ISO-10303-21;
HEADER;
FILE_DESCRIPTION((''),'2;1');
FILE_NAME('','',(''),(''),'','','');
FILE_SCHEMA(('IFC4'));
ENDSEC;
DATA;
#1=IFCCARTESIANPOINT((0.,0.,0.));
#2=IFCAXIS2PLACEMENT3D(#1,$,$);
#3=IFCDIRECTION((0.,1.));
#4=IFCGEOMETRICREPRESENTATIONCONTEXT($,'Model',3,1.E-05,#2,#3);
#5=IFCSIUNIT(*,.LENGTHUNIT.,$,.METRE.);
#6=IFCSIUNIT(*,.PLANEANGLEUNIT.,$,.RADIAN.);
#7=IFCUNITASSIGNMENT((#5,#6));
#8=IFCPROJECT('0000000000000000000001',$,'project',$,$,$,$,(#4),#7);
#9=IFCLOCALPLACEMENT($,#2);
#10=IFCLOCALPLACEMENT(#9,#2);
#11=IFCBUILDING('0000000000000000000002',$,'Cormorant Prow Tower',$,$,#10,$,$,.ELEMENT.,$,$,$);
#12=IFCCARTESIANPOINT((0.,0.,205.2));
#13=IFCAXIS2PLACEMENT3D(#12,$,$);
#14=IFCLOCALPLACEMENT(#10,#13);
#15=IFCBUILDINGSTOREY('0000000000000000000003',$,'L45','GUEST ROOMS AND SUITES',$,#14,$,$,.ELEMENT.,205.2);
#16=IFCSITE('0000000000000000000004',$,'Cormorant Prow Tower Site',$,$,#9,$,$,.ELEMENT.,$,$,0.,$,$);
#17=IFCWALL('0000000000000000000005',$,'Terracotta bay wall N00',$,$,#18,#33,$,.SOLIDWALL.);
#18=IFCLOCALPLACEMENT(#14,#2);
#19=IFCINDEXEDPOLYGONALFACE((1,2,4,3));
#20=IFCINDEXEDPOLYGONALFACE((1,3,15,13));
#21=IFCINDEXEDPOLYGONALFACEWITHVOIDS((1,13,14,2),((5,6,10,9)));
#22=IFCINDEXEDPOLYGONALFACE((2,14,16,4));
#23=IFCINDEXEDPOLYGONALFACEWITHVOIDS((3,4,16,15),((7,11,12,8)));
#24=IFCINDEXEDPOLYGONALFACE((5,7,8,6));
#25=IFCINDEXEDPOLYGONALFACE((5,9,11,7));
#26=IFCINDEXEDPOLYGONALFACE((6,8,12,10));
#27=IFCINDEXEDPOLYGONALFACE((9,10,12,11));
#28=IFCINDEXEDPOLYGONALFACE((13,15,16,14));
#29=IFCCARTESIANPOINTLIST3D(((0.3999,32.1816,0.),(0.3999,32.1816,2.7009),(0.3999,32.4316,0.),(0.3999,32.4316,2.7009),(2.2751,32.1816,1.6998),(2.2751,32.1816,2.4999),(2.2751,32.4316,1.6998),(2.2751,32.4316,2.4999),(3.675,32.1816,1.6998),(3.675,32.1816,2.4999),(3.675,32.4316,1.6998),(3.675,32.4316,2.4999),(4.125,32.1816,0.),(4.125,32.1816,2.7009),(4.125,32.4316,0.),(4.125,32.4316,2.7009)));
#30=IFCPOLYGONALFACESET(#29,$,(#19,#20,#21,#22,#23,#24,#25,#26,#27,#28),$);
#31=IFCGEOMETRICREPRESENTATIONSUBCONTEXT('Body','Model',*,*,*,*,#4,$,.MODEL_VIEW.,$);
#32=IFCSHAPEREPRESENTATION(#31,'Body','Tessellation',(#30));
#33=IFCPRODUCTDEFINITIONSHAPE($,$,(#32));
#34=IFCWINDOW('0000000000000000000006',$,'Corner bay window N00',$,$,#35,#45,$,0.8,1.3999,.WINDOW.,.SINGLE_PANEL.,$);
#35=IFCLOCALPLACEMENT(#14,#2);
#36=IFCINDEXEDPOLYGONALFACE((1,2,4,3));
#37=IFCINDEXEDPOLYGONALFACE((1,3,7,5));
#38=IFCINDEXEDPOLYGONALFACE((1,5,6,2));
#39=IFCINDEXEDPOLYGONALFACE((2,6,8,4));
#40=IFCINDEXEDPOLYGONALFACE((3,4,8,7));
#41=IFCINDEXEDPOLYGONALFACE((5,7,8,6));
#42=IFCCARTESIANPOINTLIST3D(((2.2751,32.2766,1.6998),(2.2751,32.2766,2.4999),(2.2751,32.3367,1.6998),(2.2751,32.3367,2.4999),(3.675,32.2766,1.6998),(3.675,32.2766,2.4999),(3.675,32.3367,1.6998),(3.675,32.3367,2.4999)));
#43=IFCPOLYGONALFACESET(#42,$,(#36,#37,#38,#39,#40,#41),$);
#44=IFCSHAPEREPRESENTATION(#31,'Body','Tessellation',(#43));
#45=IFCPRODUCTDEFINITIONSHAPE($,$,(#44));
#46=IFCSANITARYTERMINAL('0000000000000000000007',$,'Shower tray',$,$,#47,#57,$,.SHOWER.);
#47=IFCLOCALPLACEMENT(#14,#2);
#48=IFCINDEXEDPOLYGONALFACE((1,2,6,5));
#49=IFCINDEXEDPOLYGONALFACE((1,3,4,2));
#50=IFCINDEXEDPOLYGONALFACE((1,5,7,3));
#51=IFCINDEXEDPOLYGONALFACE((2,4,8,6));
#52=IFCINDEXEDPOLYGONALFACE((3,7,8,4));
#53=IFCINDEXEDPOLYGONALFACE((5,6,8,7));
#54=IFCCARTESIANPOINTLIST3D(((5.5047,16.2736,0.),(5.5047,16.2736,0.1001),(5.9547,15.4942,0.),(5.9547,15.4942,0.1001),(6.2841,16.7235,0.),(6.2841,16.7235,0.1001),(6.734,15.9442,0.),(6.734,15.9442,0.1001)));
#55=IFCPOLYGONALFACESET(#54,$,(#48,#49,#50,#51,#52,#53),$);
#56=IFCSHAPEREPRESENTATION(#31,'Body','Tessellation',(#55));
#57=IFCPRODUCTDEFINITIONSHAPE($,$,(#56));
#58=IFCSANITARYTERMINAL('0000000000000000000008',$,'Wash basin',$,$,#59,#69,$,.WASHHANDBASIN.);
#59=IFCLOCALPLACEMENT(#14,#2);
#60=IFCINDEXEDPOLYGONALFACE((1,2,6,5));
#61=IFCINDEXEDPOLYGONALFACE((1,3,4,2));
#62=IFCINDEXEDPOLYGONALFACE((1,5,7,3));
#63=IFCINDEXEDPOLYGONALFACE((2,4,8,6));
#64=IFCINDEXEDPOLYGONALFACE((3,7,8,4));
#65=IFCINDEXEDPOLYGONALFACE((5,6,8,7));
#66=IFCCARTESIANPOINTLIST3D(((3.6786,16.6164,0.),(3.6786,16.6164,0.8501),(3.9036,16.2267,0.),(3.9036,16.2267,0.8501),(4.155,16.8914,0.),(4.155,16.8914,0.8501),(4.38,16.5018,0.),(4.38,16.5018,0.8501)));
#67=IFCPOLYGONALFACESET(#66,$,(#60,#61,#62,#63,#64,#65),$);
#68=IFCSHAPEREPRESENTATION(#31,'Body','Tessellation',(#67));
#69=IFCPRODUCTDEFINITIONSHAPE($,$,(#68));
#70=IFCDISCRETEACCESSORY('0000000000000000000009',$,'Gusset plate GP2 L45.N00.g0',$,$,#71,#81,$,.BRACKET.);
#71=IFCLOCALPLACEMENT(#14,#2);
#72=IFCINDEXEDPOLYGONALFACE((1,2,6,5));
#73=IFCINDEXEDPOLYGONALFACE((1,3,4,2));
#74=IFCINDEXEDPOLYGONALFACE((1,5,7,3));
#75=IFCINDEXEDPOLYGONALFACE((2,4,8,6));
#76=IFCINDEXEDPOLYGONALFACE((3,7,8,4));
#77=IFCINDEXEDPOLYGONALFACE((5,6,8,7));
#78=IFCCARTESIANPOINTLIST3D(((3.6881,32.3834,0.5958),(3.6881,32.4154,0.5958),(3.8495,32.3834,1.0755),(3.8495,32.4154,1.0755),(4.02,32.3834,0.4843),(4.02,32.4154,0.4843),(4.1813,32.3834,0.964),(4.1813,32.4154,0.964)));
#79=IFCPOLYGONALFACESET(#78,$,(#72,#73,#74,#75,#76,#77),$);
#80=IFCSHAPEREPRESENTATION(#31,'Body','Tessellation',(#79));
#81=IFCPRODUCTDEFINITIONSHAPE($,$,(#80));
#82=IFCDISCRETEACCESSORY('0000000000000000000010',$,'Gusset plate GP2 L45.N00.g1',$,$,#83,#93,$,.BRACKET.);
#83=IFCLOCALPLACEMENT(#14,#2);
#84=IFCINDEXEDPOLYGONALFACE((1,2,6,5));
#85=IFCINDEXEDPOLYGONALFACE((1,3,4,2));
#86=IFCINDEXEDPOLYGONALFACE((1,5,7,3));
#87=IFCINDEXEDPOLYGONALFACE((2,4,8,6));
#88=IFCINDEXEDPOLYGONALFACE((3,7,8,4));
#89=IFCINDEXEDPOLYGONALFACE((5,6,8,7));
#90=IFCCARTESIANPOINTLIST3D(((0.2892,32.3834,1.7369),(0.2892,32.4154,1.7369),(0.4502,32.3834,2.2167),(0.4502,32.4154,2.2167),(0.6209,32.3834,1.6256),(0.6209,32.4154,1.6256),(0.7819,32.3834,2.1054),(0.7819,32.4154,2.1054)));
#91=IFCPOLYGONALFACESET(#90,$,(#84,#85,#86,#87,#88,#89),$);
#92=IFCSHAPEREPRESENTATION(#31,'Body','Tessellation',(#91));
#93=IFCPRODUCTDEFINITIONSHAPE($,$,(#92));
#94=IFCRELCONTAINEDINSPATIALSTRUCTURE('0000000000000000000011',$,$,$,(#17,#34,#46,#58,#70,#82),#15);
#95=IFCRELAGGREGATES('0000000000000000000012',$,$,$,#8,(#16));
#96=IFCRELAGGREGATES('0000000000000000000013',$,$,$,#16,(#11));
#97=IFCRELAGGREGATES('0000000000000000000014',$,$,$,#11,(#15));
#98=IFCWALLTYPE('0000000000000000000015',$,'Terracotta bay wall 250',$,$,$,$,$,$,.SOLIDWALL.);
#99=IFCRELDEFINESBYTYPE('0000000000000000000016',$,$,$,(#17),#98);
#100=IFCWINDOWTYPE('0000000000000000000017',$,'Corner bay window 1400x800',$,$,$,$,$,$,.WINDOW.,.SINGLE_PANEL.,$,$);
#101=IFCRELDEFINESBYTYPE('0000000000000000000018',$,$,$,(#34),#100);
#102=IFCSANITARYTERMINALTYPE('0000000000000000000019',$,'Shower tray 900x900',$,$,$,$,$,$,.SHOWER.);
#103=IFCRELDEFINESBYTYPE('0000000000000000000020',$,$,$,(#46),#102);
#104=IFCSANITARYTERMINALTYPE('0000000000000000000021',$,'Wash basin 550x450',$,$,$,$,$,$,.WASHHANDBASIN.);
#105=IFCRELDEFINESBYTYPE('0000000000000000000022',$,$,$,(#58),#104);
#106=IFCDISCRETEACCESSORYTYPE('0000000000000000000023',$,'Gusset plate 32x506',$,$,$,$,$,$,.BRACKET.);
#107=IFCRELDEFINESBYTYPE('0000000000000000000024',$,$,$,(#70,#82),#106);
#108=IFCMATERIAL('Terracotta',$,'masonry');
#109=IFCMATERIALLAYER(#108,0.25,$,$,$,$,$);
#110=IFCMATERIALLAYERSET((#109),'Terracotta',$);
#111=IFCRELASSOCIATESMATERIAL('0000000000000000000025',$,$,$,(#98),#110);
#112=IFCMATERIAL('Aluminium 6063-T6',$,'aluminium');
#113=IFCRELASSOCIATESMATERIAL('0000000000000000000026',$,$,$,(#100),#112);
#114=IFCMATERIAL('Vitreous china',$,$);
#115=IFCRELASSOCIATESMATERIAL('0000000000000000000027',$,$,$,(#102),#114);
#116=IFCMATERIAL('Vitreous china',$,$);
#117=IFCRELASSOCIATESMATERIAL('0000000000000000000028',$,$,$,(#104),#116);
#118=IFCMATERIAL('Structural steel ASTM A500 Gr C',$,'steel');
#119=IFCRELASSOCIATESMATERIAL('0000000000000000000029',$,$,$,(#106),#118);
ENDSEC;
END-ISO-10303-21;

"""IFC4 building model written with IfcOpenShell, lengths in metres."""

from ifc_helpers import new_model, si_unit, direction, frame, frame_2d, origin, origin_2d, place, context, subcontext, project, spatial, rectangle, extrude, material, layer, layer_set, material_profile, profile_set, type_object, element, fill, save


model = new_model("IFC4")

# Units and contexts
model_context = context("Model", 3, precision=1e-05, world=origin(), true_north=direction((0.0, 1.0)))
body_context = subcontext(model_context, "Body", "Model", "MODEL_VIEW")
ifc_project = project(units=[si_unit("LENGTHUNIT", "METRE"), si_unit("PLANEANGLEUNIT", "RADIAN")], contexts=[model_context])

# Site, building, storey
site_placement = place(None, origin())
site = spatial("IfcSite", under=ifc_project, at=site_placement, Name="Cormorant Prow Tower Site", CompositionType="ELEMENT", RefElevation=0.0)
building_placement = place(site_placement, origin())
building = spatial("IfcBuilding", under=site, at=building_placement, Name="Cormorant Prow Tower", CompositionType="ELEMENT")
storey_placement = place(building_placement, frame((0.0, 0.0, 205.2)))
storey = spatial("IfcBuildingStorey", under=building, at=storey_placement, Name="L45", Description="GUEST ROOMS AND SUITES", CompositionType="ELEMENT", Elevation=205.2)

# Wall, opening, window
ifc_material_1 = material(Name="Terracotta", Category="masonry")
ifc_layer_1 = layer(ifc_material_1, 0.25)
ifc_layer_set_1 = layer_set([ifc_layer_1], Name="Terracotta")
wall_type_1 = type_object("IfcWallType", Name="Terracotta bay wall 250", PredefinedType="SOLIDWALL", material=ifc_layer_set_1)
wall_1_placement = place(storey_placement, frame((4.125, 32.3066, 0.0), z_axis=(0.0, 0.0, 1.0), x_axis=(-1.0, 0.0, 0.0)))
wall_1 = element("IfcWall", 1, at=wall_1_placement, inside=storey, type_object=wall_type_1, Name="Terracotta bay wall N00", PredefinedType="SOLIDWALL", context=body_context, shape_type="SweptSolid", body=[
    extrude(rectangle(XDim=3.7251, YDim=0.25, at=frame_2d((1.8625, 0.0))), origin(), (0.0, 0.0, 1.0), 2.7009),
])
opening_1_placement = place(wall_1_placement, frame((0.45, 0.0, 1.7)))
opening_1 = element("IfcOpeningElement", 2, at=opening_1_placement, cuts=wall_1, PredefinedType="OPENING", context=body_context, shape_type="SweptSolid", body=[
    extrude(rectangle(XDim=1.3999, YDim=0.8, at=frame_2d((0.7, 0.3999))), frame((0.0, 0.135, 0.0), z_axis=(0.0, -1.0, 0.0), x_axis=(1.0, 0.0, 0.0)), (0.0, 0.0, 1.0), 0.27),
])
ifc_material_2 = material(Name="Aluminium 6063-T6", Category="aluminium")
window_type = type_object("IfcWindowType", Name="Corner bay window 1400x800", PartitioningType="SINGLE_PANEL", PredefinedType="WINDOW", material=ifc_material_2)
window_placement = place(opening_1_placement, origin())
window = element("IfcWindow", 3, at=window_placement, inside=storey, type_object=window_type, Name="Corner bay window N00", OverallHeight=0.8, OverallWidth=1.3999, PartitioningType="SINGLE_PANEL", PredefinedType="WINDOW", context=body_context, shape_type="SweptSolid", body=[
    extrude(rectangle(XDim=1.3999, YDim=0.8, at=frame_2d((0.7, 0.3999))), frame((0.0, 0.03, 0.0), z_axis=(0.0, -1.0, 0.0), x_axis=(1.0, 0.0, 0.0)), (0.0, 0.0, 1.0), 0.0601),
])
fill(opening_1, window)

# Sanitary terminals
ifc_material_3 = material(Name="Vitreous china")
sanitary_terminal_type_1 = type_object("IfcSanitaryTerminalType", Name="Shower tray 900x900", PredefinedType="SHOWER", material=ifc_material_3)
sanitary_terminal_1_placement = place(storey_placement, frame((6.1194, 16.1089, 0.0), z_axis=(0.0, 0.0, 1.0), x_axis=(-0.866025, -0.5, 0.0)))
element("IfcSanitaryTerminal", 4, at=sanitary_terminal_1_placement, inside=storey, type_object=sanitary_terminal_type_1, Name="Shower tray", PredefinedType="SHOWER", context=body_context, shape_type="SweptSolid", body=[
    extrude(rectangle(XDim=0.8999, YDim=0.8999, at=origin_2d()), origin(), (0.0, 0.0, 1.0), 0.1001),
])
ifc_material_4 = material(Name="Vitreous china")
sanitary_terminal_type_2 = type_object("IfcSanitaryTerminalType", Name="Wash basin 550x450", PredefinedType="WASHHANDBASIN", material=ifc_material_4)
sanitary_terminal_2_placement = place(storey_placement, frame((4.0293, 16.5591, 0.0), z_axis=(0.0, 0.0, 1.0), x_axis=(0.866025, 0.5, 0.0)))
element("IfcSanitaryTerminal", 5, at=sanitary_terminal_2_placement, inside=storey, type_object=sanitary_terminal_type_2, Name="Wash basin", PredefinedType="WASHHANDBASIN", context=body_context, shape_type="SweptSolid", body=[
    extrude(rectangle(XDim=0.55, YDim=0.45, at=origin_2d()), origin(), (0.0, 0.0, 1.0), 0.8501),
])

# Discrete accessories
ifc_material_5 = material(Name="Structural steel ASTM A500 Gr C", Category="steel")
ifc_material_profile_1 = material_profile(ifc_material_5, rectangle(XDim=0.032, YDim=0.5061, at=origin_2d()), Name="Gusset plate 32x506")
ifc_profile_set_1 = profile_set([ifc_material_profile_1], Name="Structural steel ASTM A500 Gr C")
discrete_accessory_type = type_object("IfcDiscreteAccessoryType", Name="Gusset plate 32x506", PredefinedType="BRACKET", material=ifc_profile_set_1)
discrete_accessory_1_placement = place(storey_placement, frame((3.7688, 32.3994, 0.8357), z_axis=(0.947843, 0.0, -0.318738), x_axis=(0.0, 1.0, 0.0)))
element("IfcDiscreteAccessory", 6, at=discrete_accessory_1_placement, inside=storey, type_object=discrete_accessory_type, Name="Gusset plate GP2 L45.N00.g0", PredefinedType="BRACKET", context=body_context, shape_type="SweptSolid", body=[
    extrude(rectangle(XDim=0.032, YDim=0.5061, at=origin_2d()), origin(), (0.0, 0.0, 1.0), 0.3501),
])
discrete_accessory_2_placement = place(storey_placement, frame((0.7014, 32.3994, 1.8655), z_axis=(-0.948054, 0.0, 0.318111), x_axis=(0.0, -1.0, 0.0)))
element("IfcDiscreteAccessory", 7, at=discrete_accessory_2_placement, inside=storey, type_object=discrete_accessory_type, Name="Gusset plate GP2 L45.N00.g1", PredefinedType="BRACKET", context=body_context, shape_type="SweptSolid", body=[
    extrude(rectangle(XDim=0.032, YDim=0.5061, at=origin_2d()), origin(), (0.0, 0.0, 1.0), 0.3499),
])

save(model, "model.ifc")
